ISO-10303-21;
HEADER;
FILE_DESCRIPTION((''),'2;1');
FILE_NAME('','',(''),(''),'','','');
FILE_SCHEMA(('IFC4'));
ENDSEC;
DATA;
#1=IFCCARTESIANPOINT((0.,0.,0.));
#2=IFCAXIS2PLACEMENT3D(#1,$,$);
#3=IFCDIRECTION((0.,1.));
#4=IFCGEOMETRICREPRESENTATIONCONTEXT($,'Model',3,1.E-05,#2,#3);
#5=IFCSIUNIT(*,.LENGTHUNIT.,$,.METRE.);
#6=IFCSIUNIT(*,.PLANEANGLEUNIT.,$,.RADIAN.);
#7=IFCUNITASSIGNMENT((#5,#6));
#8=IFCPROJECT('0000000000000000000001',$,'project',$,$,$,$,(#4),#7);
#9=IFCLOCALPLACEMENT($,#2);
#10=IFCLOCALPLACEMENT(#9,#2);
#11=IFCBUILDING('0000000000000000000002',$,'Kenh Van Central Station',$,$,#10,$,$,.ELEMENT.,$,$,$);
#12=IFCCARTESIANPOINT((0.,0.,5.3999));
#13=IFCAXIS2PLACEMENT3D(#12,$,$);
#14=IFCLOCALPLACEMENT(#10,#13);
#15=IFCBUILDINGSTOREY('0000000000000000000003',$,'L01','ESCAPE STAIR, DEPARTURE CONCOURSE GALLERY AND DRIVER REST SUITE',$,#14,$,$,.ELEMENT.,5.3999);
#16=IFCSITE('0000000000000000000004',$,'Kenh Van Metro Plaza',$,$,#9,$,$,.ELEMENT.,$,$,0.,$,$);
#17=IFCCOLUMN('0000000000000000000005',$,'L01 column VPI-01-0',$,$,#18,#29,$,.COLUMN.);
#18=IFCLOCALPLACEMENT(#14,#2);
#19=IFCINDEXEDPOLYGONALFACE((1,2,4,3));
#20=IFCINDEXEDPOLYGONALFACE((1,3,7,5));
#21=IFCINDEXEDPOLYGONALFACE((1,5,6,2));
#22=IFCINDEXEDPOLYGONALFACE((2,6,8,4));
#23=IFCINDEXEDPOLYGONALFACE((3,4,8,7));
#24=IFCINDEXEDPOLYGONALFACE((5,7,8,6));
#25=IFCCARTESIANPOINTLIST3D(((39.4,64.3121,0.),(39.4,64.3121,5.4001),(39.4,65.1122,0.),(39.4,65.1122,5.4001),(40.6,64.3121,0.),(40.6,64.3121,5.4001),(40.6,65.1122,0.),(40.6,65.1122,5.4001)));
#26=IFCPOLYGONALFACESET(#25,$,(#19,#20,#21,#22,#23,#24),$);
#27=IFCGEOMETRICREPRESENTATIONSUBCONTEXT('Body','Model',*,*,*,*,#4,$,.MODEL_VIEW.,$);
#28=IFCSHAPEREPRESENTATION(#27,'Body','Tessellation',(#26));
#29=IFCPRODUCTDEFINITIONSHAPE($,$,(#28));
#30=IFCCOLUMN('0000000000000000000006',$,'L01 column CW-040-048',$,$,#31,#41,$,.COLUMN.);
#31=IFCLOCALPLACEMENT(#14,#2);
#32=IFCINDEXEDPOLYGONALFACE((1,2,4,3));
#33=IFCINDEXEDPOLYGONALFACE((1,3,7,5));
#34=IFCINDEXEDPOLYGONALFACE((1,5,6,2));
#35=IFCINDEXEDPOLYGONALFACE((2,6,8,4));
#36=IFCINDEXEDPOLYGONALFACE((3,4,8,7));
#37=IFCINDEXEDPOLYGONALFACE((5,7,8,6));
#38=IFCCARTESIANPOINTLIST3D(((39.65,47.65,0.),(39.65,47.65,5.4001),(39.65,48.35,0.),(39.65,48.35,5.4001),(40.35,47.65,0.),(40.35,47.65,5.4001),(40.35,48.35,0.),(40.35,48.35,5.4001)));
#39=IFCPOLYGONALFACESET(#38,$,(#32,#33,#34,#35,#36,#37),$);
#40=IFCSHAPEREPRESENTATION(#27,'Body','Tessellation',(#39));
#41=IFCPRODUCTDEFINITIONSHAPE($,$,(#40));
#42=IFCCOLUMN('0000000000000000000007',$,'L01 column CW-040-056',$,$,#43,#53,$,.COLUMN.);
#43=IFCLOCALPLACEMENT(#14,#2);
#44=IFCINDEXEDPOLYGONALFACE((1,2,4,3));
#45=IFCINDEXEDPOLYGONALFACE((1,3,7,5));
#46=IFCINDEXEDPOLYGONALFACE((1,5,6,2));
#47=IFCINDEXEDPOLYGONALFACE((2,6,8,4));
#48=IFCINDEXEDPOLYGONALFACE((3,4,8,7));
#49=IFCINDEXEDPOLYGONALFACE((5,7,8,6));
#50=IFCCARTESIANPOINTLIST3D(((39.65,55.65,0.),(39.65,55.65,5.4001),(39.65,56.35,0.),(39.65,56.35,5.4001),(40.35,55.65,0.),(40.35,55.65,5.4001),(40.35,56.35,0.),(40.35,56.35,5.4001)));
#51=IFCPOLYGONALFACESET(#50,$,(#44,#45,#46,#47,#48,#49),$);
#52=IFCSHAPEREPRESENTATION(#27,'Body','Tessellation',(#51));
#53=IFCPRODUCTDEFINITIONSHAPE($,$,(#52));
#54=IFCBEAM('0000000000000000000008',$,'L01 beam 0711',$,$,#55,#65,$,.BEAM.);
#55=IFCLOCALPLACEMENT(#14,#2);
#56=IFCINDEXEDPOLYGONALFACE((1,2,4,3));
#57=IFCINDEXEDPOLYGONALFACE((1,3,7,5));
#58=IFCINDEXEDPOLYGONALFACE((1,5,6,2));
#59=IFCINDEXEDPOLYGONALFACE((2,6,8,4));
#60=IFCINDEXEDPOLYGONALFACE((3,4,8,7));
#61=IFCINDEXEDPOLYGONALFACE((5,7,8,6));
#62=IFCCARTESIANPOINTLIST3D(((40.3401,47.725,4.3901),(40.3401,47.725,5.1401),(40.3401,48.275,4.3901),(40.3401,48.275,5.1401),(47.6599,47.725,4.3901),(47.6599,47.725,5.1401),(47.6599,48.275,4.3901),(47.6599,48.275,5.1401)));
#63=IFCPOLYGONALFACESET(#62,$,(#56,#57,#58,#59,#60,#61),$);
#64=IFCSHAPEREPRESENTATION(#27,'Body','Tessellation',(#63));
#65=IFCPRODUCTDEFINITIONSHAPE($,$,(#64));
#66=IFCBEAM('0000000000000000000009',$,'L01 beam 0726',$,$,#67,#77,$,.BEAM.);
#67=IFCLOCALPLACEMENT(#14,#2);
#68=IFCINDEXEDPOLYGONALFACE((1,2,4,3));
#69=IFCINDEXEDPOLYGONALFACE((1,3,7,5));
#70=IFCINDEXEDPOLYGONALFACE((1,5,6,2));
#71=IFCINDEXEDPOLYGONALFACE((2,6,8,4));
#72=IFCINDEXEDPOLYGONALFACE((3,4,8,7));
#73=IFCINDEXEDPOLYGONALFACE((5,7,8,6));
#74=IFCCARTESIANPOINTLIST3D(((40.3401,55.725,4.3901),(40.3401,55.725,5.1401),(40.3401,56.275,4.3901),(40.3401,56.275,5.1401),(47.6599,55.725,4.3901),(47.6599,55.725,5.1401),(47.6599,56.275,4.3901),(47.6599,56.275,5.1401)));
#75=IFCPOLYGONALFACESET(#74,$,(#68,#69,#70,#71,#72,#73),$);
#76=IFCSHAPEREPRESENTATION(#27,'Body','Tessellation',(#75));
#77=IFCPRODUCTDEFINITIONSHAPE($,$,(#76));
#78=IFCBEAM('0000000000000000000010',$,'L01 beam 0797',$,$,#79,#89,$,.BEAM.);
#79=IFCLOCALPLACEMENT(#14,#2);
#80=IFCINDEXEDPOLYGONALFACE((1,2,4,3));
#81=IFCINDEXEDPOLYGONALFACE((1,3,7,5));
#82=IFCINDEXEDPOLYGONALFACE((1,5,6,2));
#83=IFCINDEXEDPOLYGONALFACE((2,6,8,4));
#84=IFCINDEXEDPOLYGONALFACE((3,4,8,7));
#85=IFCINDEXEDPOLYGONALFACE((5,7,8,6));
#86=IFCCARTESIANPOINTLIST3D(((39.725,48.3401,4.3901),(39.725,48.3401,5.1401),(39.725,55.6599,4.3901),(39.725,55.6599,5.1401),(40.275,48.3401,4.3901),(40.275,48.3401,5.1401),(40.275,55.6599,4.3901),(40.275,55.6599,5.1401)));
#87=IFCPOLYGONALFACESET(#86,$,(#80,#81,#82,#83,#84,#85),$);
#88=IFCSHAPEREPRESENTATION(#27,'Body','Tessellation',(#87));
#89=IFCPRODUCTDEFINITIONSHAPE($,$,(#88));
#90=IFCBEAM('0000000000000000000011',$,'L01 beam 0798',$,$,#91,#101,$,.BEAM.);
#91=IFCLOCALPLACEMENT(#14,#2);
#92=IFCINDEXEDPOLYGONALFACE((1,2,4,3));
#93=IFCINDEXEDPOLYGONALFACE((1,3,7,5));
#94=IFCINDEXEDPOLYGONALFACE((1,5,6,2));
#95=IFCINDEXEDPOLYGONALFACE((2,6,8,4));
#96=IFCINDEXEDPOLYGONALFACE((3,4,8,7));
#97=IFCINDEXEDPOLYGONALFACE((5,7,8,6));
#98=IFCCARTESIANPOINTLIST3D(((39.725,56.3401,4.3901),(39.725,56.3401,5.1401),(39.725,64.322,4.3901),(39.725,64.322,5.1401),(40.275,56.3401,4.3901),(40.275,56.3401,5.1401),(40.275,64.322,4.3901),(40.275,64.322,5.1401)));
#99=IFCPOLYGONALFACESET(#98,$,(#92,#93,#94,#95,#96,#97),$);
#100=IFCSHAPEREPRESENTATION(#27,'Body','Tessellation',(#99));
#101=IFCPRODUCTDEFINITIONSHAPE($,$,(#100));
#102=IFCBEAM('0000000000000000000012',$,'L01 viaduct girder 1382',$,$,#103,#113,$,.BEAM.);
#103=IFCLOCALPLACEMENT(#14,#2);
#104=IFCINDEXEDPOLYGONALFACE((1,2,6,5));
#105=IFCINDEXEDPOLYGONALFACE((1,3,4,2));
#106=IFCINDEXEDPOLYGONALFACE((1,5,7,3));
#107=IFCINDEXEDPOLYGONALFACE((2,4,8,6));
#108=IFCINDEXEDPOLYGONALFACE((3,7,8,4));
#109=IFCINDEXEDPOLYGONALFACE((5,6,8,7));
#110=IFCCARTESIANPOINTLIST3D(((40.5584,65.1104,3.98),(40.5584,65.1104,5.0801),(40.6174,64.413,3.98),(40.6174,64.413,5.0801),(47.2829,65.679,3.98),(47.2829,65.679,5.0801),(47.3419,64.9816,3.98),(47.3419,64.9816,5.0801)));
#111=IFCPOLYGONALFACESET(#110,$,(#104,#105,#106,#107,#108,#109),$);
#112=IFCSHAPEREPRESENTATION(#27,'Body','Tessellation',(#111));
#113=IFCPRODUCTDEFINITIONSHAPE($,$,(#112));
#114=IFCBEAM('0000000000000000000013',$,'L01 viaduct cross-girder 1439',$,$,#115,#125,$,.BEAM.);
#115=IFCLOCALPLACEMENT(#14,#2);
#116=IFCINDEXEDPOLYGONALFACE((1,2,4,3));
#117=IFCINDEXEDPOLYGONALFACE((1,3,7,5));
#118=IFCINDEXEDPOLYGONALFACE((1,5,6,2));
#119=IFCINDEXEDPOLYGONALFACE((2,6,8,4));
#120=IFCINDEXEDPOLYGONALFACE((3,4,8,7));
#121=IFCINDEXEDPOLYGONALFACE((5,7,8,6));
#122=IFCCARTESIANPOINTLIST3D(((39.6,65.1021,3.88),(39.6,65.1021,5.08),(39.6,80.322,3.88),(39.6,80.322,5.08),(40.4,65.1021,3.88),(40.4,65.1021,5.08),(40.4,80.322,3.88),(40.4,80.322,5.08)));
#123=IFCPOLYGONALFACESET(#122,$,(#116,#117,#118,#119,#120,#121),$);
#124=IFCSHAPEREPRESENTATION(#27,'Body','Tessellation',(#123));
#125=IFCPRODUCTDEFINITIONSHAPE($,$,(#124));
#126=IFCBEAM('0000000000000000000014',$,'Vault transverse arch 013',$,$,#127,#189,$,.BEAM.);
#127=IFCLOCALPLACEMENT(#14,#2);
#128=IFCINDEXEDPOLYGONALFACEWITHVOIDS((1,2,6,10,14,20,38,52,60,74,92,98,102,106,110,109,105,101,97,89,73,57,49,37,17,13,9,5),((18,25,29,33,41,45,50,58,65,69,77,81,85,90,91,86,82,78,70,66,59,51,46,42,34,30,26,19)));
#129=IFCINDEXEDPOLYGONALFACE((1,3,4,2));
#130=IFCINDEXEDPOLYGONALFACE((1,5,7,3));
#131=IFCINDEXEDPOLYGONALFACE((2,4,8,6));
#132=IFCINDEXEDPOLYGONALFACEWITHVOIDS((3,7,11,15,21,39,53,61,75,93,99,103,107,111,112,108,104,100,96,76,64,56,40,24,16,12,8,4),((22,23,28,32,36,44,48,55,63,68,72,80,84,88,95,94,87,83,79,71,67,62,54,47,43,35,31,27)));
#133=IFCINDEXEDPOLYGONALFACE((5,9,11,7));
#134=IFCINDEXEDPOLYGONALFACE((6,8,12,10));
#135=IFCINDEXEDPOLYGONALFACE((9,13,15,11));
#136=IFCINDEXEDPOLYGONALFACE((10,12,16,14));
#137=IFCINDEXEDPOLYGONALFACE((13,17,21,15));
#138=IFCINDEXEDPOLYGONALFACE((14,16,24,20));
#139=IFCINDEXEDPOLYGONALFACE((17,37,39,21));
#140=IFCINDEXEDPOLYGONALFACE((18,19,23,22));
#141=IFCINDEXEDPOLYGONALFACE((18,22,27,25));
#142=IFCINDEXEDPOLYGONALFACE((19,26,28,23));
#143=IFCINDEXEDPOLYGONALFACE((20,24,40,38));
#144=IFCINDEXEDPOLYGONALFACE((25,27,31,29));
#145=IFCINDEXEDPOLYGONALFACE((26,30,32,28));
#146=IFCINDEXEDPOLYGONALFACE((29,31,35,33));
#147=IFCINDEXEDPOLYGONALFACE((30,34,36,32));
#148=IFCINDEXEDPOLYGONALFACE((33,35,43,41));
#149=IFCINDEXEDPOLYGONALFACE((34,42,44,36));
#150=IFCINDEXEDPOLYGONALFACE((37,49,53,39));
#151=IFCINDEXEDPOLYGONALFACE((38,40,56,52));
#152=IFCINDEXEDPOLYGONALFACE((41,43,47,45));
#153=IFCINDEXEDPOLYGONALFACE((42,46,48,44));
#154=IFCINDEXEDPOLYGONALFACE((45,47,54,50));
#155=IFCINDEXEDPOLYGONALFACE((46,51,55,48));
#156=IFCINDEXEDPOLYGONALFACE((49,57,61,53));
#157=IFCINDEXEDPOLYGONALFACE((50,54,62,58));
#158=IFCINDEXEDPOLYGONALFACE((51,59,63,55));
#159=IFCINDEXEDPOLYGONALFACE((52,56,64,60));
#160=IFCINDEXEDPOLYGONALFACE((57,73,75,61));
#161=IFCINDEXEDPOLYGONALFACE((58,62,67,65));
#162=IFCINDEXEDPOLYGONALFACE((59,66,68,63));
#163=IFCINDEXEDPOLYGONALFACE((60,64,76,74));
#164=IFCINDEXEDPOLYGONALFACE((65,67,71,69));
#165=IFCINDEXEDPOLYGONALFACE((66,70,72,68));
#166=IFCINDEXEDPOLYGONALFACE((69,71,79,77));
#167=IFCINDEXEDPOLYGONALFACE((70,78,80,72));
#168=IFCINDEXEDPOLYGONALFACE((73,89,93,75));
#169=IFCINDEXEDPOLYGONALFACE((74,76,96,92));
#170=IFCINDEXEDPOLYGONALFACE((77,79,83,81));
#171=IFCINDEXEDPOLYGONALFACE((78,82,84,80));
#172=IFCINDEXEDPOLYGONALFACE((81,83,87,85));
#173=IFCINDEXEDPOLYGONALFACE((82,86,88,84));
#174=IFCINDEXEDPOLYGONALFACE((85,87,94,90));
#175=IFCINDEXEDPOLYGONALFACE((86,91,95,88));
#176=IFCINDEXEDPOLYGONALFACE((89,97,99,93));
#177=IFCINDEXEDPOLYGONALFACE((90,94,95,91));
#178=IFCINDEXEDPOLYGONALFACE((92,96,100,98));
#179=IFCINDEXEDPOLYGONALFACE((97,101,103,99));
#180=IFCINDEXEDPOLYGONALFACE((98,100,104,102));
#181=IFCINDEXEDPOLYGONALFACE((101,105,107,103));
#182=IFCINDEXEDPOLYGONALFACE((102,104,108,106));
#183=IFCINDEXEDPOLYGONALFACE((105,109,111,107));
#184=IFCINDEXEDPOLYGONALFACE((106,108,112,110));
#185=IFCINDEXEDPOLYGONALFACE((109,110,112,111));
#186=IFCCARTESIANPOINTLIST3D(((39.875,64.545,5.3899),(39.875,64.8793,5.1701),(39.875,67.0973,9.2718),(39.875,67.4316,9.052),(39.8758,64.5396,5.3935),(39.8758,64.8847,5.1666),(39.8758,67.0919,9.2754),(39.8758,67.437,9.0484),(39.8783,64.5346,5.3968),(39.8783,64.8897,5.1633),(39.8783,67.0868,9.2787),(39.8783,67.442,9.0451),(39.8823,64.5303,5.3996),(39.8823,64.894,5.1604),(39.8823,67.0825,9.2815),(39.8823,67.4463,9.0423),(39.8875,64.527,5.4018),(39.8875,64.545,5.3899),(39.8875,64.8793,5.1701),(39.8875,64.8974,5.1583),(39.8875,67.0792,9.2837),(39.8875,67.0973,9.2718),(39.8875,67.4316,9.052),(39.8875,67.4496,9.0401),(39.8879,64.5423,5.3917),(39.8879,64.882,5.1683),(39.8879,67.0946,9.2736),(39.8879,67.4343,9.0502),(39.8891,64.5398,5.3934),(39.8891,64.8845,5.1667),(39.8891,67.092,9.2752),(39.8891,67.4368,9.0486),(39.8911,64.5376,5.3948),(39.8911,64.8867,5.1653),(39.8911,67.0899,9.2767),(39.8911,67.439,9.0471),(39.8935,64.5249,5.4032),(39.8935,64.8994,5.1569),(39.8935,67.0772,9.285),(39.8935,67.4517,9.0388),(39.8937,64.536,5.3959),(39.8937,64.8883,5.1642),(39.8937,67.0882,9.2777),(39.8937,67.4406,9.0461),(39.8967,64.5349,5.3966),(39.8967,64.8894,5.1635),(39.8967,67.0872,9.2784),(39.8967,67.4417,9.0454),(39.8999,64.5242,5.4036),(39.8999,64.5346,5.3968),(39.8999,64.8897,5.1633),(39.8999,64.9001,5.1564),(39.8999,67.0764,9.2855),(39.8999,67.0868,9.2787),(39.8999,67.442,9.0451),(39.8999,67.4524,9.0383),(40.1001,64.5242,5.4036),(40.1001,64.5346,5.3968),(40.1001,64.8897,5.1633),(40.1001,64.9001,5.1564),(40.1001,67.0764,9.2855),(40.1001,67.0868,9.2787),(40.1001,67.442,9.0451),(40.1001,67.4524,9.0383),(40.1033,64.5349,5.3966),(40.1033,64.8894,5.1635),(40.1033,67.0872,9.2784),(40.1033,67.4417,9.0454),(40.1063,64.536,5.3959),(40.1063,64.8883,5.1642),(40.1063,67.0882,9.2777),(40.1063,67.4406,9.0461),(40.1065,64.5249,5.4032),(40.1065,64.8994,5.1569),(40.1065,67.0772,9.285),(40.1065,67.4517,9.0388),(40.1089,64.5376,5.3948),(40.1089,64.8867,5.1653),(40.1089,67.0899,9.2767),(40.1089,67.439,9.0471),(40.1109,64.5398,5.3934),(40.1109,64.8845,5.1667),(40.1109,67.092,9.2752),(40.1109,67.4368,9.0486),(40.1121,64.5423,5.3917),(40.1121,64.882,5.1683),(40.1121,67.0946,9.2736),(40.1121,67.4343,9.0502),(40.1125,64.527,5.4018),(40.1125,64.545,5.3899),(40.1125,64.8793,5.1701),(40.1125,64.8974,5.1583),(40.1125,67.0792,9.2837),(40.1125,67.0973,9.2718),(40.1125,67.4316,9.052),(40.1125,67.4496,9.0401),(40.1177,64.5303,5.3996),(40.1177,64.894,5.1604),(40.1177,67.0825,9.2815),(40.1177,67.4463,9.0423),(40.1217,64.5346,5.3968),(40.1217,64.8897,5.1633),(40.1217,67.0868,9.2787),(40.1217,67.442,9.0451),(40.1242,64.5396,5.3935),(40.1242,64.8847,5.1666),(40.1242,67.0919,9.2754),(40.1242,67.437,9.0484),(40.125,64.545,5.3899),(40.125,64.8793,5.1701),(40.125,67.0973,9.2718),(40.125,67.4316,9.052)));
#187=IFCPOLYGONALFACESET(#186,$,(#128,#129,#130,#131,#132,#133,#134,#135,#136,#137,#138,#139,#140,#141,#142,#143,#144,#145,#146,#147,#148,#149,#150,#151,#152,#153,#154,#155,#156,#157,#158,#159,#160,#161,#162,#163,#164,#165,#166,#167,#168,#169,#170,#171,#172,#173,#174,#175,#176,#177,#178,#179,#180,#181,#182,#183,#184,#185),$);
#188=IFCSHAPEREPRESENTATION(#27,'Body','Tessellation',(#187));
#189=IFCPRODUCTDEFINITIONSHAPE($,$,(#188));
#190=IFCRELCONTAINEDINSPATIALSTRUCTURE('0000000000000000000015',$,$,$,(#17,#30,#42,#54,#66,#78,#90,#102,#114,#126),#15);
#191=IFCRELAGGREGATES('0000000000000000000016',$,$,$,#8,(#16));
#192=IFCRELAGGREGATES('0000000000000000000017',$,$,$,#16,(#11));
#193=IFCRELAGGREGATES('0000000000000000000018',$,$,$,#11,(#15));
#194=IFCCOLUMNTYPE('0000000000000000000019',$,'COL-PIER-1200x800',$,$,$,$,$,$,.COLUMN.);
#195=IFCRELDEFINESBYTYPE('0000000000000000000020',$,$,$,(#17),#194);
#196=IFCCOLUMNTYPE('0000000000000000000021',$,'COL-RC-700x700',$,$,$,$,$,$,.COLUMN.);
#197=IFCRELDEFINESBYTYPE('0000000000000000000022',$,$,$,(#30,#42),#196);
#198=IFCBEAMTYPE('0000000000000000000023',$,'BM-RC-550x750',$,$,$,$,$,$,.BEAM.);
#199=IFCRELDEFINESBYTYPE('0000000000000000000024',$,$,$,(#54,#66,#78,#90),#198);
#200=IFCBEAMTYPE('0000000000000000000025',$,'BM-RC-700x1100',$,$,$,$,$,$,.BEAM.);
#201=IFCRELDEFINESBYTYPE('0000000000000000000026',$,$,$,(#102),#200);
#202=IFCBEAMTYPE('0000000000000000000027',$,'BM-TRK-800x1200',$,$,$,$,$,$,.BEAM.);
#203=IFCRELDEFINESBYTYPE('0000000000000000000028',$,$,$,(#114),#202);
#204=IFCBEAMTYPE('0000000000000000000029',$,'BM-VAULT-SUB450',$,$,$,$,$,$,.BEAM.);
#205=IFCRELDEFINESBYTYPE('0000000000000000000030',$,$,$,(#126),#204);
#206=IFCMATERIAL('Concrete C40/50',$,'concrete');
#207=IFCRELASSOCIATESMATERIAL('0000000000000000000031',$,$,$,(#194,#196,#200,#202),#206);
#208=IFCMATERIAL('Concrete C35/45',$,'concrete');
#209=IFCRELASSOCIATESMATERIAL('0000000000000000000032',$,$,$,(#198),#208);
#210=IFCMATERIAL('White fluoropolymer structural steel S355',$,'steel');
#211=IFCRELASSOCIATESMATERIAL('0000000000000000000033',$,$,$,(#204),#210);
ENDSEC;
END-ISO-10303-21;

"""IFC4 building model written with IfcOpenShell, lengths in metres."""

from ifc_helpers import new_model, si_unit, direction, frame, origin, origin_2d, place, context, subcontext, project, spatial, rectangle, hollow_rectangle, extrude, material, material_profile, profile_set, type_object, element, save


model = new_model("IFC4")

# Units and contexts
model_context = context("Model", 3, precision=1e-05, world=origin(), true_north=direction((0.0, 1.0)))
body_context = subcontext(model_context, "Body", "Model", "MODEL_VIEW")
ifc_project = project(units=[si_unit("LENGTHUNIT", "METRE"), si_unit("PLANEANGLEUNIT", "RADIAN")], contexts=[model_context])

# Site, building, storey
site_placement = place(None, origin())
site = spatial("IfcSite", under=ifc_project, at=site_placement, Name="Kenh Van Metro Plaza", CompositionType="ELEMENT", RefElevation=0.0)
building_placement = place(site_placement, origin())
building = spatial("IfcBuilding", under=site, at=building_placement, Name="Kenh Van Central Station", CompositionType="ELEMENT")
storey_placement = place(building_placement, frame((0.0, 0.0, 5.3999)))
storey = spatial("IfcBuildingStorey", under=building, at=storey_placement, Name="L01", Description="ESCAPE STAIR, DEPARTURE CONCOURSE GALLERY AND DRIVER REST SUITE", CompositionType="ELEMENT", Elevation=5.3999)

# Columns
ifc_material_1 = material(Name="Concrete C40/50", Category="concrete")
ifc_material_profile_1 = material_profile(ifc_material_1, rectangle(XDim=1.2, YDim=0.8, at=origin_2d()), Name="RC 1200x800")
ifc_profile_set_1 = profile_set([ifc_material_profile_1], Name="Concrete C40/50")
column_type_1 = type_object("IfcColumnType", Name="COL-PIER-1200x800", PredefinedType="COLUMN", material=ifc_profile_set_1)
column_placement = place(storey_placement, frame((40.0, 64.7122, 0.0), z_axis=(0.0, 0.0, 1.0), x_axis=(1.0, 0.0, 0.0)))
element("IfcColumn", 1, at=column_placement, inside=storey, type_object=column_type_1, Name="L01 column VPI-01-0", PredefinedType="COLUMN", context=body_context, shape_type="SweptSolid", body=[
    extrude(rectangle(XDim=1.2, YDim=0.8, at=origin_2d()), origin(), (0.0, 0.0, 1.0), 5.4001),
])
ifc_material_profile_2 = material_profile(ifc_material_1, rectangle(XDim=0.7, YDim=0.7, at=origin_2d()), Name="RC 700x700")
ifc_profile_set_2 = profile_set([ifc_material_profile_2], Name="Concrete C40/50")
column_type_2 = type_object("IfcColumnType", Name="COL-RC-700x700", PredefinedType="COLUMN", material=ifc_profile_set_2)
for number, where, z_axis, x_axis, name in (
    (2, (40.0, 48.0, 0.0), (0.0, 0.0, 1.0), (1.0, 0.0, 0.0), "L01 column CW-040-048"),
    (3, (40.0, 56.0, 0.0), (0.0, 0.0, 1.0), (1.0, 0.0, 0.0), "L01 column CW-040-056"),
):
    element("IfcColumn", number, at=place(storey_placement, frame(where, z_axis=z_axis, x_axis=x_axis)), inside=storey, type_object=column_type_2, Name=name, PredefinedType="COLUMN", context=body_context, shape_type="SweptSolid", body=[
        extrude(rectangle(XDim=0.7, YDim=0.7, at=origin_2d()), origin(), (0.0, 0.0, 1.0), 5.4001),
    ])

# Beams
ifc_material_2 = material(Name="Concrete C35/45", Category="concrete")
ifc_material_profile_3 = material_profile(ifc_material_2, rectangle(XDim=0.55, YDim=0.75, at=origin_2d()), Name="RC 550x750")
ifc_profile_set_3 = profile_set([ifc_material_profile_3], Name="Concrete C35/45")
beam_type_1 = type_object("IfcBeamType", Name="BM-RC-550x750", PredefinedType="BEAM", material=ifc_profile_set_3)
for number, where, z_axis, x_axis, name in (
    (4, (40.3401, 48.0, 4.7651), (1.0, 0.0, 0.0), (0.0, 1.0, 0.0), "L01 beam 0711"),
    (5, (40.3401, 56.0, 4.7651), (1.0, 0.0, 0.0), (0.0, 1.0, 0.0), "L01 beam 0726"),
    (6, (40.0, 48.3401, 4.7651), (0.0, 1.0, 0.0), (-1.0, 0.0, 0.0), "L01 beam 0797"),
):
    element("IfcBeam", number, at=place(storey_placement, frame(where, z_axis=z_axis, x_axis=x_axis)), inside=storey, type_object=beam_type_1, Name=name, PredefinedType="BEAM", context=body_context, shape_type="SweptSolid", body=[
        extrude(rectangle(XDim=0.55, YDim=0.75, at=origin_2d()), origin(), (0.0, 0.0, 1.0), 7.3198),
    ])
beam_1_placement = place(storey_placement, frame((40.0, 56.3401, 4.7651), z_axis=(0.0, 1.0, 0.0), x_axis=(-1.0, 0.0, 0.0)))
element("IfcBeam", 7, at=beam_1_placement, inside=storey, type_object=beam_type_1, Name="L01 beam 0798", PredefinedType="BEAM", context=body_context, shape_type="SweptSolid", body=[
    extrude(rectangle(XDim=0.55, YDim=0.75, at=origin_2d()), origin(), (0.0, 0.0, 1.0), 7.9819),
])
ifc_material_profile_4 = material_profile(ifc_material_1, rectangle(XDim=0.7, YDim=1.1001, at=origin_2d()), Name="RC 700x1100")
ifc_profile_set_4 = profile_set([ifc_material_profile_4], Name="Concrete C40/50")
beam_type_2 = type_object("IfcBeamType", Name="BM-RC-700x1100", PredefinedType="BEAM", material=ifc_profile_set_4)
beam_2_placement = place(storey_placement, frame((40.5879, 64.7617, 4.53), z_axis=(0.996444, 0.084255, 0.0), x_axis=(-0.084255, 0.996444, 0.0)))
element("IfcBeam", 8, at=beam_2_placement, inside=storey, type_object=beam_type_2, Name="L01 viaduct girder 1382", PredefinedType="BEAM", context=body_context, shape_type="SweptSolid", body=[
    extrude(rectangle(XDim=0.7, YDim=1.1001, at=origin_2d()), origin(), (0.0, 0.0, 1.0), 6.7485),
])
ifc_material_profile_5 = material_profile(ifc_material_1, rectangle(XDim=0.8, YDim=1.2, at=origin_2d()), Name="RC 800x1200")
ifc_profile_set_5 = profile_set([ifc_material_profile_5], Name="Concrete C40/50")
beam_type_3 = type_object("IfcBeamType", Name="BM-TRK-800x1200", PredefinedType="BEAM", material=ifc_profile_set_5)
beam_3_placement = place(storey_placement, frame((40.0, 65.1021, 4.48), z_axis=(0.0, 1.0, 0.0), x_axis=(-1.0, 0.0, 0.0)))
element("IfcBeam", 9, at=beam_3_placement, inside=storey, type_object=beam_type_3, Name="L01 viaduct cross-girder 1439", PredefinedType="BEAM", context=body_context, shape_type="SweptSolid", body=[
    extrude(rectangle(XDim=0.8, YDim=1.2, at=origin_2d()), origin(), (0.0, 0.0, 1.0), 15.22),
])
ifc_material_3 = material(Name="White fluoropolymer structural steel S355", Category="steel")
ifc_material_profile_6 = material_profile(ifc_material_3, hollow_rectangle(XDim=0.25, YDim=0.45, WallThickness=0.0125, InnerFilletRadius=0.0125, OuterFilletRadius=0.0249, at=origin_2d()), Name="RHS 450x250x12.5")
ifc_profile_set_6 = profile_set([ifc_material_profile_6], Name="White fluoropolymer structural steel S355")
beam_type_4 = type_object("IfcBeamType", Name="BM-VAULT-SUB450", PredefinedType="BEAM", material=ifc_profile_set_6)
beam_4_placement = place(storey_placement, frame((40.0, 64.7122, 5.28), z_axis=(0.0, 0.549377, 0.835575), x_axis=(-1.0, 0.0, 0.0)))
element("IfcBeam", 10, at=beam_4_placement, inside=storey, type_object=beam_type_4, Name="Vault transverse arch 013", PredefinedType="BEAM", context=body_context, shape_type="SweptSolid", body=[
    extrude(hollow_rectangle(XDim=0.25, YDim=0.45, WallThickness=0.0125, InnerFilletRadius=0.0125, OuterFilletRadius=0.0249, at=origin_2d()), origin(), (0.0, 0.0, 1.0), 4.6458),
])

save(model, "model.ifc")
